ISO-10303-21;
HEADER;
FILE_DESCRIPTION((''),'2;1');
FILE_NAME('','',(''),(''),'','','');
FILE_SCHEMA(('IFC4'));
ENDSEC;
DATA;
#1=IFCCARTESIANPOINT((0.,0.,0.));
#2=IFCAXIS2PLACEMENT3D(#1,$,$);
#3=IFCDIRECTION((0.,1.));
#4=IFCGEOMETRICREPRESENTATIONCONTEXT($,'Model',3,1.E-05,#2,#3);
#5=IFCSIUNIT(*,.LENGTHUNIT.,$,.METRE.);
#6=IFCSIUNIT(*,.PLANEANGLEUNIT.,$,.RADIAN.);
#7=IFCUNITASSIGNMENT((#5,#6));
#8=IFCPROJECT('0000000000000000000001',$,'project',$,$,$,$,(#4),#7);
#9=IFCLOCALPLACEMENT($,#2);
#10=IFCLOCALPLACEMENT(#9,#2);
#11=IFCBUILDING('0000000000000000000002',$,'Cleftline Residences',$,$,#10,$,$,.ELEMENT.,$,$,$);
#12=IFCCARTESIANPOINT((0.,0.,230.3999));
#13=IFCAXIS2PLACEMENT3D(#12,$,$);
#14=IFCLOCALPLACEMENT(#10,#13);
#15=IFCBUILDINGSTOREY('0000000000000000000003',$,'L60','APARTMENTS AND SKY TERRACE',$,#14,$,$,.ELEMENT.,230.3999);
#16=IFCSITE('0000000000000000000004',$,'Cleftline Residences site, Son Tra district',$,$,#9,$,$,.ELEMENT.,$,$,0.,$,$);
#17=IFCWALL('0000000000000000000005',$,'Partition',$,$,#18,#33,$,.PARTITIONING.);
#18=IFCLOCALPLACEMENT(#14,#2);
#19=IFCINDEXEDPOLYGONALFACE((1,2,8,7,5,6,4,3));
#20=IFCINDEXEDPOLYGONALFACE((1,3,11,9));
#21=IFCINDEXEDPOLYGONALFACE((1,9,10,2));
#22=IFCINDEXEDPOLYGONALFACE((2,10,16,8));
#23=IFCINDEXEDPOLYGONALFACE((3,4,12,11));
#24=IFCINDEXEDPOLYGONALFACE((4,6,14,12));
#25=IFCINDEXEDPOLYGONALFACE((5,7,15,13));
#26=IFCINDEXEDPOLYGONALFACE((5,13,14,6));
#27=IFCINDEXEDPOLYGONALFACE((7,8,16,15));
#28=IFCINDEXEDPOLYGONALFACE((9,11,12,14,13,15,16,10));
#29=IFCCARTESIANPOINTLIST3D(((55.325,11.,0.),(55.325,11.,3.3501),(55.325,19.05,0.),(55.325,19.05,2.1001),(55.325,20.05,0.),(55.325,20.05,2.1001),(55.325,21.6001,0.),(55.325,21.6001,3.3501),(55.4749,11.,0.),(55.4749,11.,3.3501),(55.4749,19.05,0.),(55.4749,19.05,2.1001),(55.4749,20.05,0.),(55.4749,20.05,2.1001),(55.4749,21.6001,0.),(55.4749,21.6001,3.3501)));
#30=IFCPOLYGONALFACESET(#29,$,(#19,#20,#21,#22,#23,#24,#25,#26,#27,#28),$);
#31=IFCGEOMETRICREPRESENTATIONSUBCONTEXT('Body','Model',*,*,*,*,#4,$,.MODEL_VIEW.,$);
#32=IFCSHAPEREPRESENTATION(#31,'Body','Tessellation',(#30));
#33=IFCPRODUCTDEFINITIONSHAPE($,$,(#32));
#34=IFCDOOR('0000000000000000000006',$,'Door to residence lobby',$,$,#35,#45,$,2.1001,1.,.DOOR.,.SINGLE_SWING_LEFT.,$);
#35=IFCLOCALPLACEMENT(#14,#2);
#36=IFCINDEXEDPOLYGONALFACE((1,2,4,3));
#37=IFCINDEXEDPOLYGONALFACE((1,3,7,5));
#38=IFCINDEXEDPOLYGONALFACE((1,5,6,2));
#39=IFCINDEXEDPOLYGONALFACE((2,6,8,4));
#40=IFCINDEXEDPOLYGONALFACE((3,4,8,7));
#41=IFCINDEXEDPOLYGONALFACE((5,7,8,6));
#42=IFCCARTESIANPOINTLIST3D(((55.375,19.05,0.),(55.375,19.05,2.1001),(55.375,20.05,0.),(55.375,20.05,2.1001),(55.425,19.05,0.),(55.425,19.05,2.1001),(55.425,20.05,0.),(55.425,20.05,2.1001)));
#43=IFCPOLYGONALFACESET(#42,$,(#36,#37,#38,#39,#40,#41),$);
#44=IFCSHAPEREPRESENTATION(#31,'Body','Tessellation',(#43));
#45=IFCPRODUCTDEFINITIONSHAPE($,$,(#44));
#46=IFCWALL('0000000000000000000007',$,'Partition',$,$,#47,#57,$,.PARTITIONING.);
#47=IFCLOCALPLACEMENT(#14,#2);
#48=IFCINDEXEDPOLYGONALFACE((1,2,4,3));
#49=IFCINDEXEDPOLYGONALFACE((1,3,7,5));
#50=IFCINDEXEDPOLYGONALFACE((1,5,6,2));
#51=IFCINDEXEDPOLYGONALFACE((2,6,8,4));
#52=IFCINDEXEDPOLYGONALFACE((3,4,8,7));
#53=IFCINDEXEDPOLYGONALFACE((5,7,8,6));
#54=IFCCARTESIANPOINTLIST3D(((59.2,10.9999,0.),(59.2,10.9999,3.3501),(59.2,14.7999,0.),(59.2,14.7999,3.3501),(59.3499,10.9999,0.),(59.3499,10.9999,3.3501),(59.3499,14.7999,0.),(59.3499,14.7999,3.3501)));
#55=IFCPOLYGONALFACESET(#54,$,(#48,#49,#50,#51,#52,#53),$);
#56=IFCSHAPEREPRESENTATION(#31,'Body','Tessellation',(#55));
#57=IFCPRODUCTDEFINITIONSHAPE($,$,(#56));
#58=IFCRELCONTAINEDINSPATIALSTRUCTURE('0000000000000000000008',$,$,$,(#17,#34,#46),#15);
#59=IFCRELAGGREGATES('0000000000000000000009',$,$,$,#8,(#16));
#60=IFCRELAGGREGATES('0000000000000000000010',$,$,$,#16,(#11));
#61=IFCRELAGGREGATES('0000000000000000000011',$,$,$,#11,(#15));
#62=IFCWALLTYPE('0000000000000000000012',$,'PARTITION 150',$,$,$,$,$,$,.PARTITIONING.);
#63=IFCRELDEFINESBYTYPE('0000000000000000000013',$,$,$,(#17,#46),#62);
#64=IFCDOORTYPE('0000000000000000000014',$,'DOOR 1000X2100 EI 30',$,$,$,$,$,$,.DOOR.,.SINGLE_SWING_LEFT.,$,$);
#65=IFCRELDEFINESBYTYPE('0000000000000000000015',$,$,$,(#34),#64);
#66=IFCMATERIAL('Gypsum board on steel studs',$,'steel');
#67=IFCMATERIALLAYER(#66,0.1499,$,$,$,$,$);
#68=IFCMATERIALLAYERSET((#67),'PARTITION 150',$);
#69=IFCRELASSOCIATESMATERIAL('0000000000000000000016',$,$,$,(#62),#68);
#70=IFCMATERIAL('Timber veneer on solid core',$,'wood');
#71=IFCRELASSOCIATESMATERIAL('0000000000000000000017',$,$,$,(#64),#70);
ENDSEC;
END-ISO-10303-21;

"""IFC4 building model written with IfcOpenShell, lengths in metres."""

from ifc_helpers import new_model, si_unit, direction, frame, frame_2d, origin, place, context, subcontext, project, spatial, rectangle, extrude, material, layer, layer_set, type_object, element, fill, save


model = new_model("IFC4")

# Units and contexts
model_context = context("Model", 3, precision=1e-05, world=origin(), true_north=direction((0.0, 1.0)))
body_context = subcontext(model_context, "Body", "Model", "MODEL_VIEW")
ifc_project = project(units=[si_unit("LENGTHUNIT", "METRE"), si_unit("PLANEANGLEUNIT", "RADIAN")], contexts=[model_context])

# Site, building, storey
site_placement = place(None, origin())
site = spatial("IfcSite", under=ifc_project, at=site_placement, Name="Cleftline Residences site, Son Tra district", CompositionType="ELEMENT", RefElevation=0.0)
building_placement = place(site_placement, origin())
building = spatial("IfcBuilding", under=site, at=building_placement, Name="Cleftline Residences", CompositionType="ELEMENT")
storey_placement = place(building_placement, frame((0.0, 0.0, 230.3999)))
storey = spatial("IfcBuildingStorey", under=building, at=storey_placement, Name="L60", Description="APARTMENTS AND SKY TERRACE", CompositionType="ELEMENT", Elevation=230.3999)

# Shared definitions
ifc_material_1 = material(Name="Gypsum board on steel studs", Category="steel")
ifc_layer = layer(ifc_material_1, 0.1499)
ifc_layer_set = layer_set([ifc_layer], Name="PARTITION 150")
wall_type = type_object("IfcWallType", Name="PARTITION 150", PredefinedType="PARTITIONING", material=ifc_layer_set)

# Wall, opening, door
wall_1_placement = place(storey_placement, frame((55.3999, 11.0, 0.0), z_axis=(0.0, 0.0, 1.0), x_axis=(0.0, 1.0, 0.0)))
wall_1 = element("IfcWall", 1, at=wall_1_placement, inside=storey, type_object=wall_type, Name="Partition", PredefinedType="PARTITIONING", context=body_context, shape_type="SweptSolid", body=[
    extrude(rectangle(XDim=10.6001, YDim=0.1499, at=frame_2d((5.3, 0.0))), origin(), (0.0, 0.0, 1.0), 3.3501),
])
opening_1_placement = place(wall_1_placement, frame((8.05, 0.0, 0.0)))
opening_1 = element("IfcOpeningElement", 2, at=opening_1_placement, cuts=wall_1, PredefinedType="OPENING", context=body_context, shape_type="SweptSolid", body=[
    extrude(rectangle(XDim=1.0, YDim=2.1001, at=frame_2d((0.5, 1.05))), frame((0.0, 0.085, 0.0), z_axis=(0.0, -1.0, 0.0), x_axis=(1.0, 0.0, 0.0)), (0.0, 0.0, 1.0), 0.1699),
])
ifc_material_2 = material(Name="Timber veneer on solid core", Category="wood")
door_type_1 = type_object("IfcDoorType", Name="DOOR 1000X2100 EI 30", OperationType="SINGLE_SWING_LEFT", PredefinedType="DOOR", material=ifc_material_2)
door_1_placement = place(opening_1_placement, origin())
door_1 = element("IfcDoor", 3, at=door_1_placement, inside=storey, type_object=door_type_1, Name="Door to residence lobby", OperationType="SINGLE_SWING_LEFT", OverallHeight=2.1001, OverallWidth=1.0, PredefinedType="DOOR", context=body_context, shape_type="SweptSolid", body=[
    extrude(rectangle(XDim=1.0, YDim=2.1001, at=frame_2d((0.5, 1.05))), frame((0.0, 0.0249, 0.0), z_axis=(0.0, -1.0, 0.0), x_axis=(1.0, 0.0, 0.0)), (0.0, 0.0, 1.0), 0.05),
])
fill(opening_1, door_1)

# Wall
wall_2_placement = place(storey_placement, frame((59.2749, 11.0, 0.0), z_axis=(0.0, 0.0, 1.0), x_axis=(0.0, 1.0, 0.0)))
element("IfcWall", 4, at=wall_2_placement, inside=storey, type_object=wall_type, Name="Partition", PredefinedType="PARTITIONING", context=body_context, shape_type="SweptSolid", body=[
    extrude(rectangle(XDim=3.8, YDim=0.1499, at=frame_2d((1.8999, 0.0))), origin(), (0.0, 0.0, 1.0), 3.3501),
])

save(model, "model.ifc")
